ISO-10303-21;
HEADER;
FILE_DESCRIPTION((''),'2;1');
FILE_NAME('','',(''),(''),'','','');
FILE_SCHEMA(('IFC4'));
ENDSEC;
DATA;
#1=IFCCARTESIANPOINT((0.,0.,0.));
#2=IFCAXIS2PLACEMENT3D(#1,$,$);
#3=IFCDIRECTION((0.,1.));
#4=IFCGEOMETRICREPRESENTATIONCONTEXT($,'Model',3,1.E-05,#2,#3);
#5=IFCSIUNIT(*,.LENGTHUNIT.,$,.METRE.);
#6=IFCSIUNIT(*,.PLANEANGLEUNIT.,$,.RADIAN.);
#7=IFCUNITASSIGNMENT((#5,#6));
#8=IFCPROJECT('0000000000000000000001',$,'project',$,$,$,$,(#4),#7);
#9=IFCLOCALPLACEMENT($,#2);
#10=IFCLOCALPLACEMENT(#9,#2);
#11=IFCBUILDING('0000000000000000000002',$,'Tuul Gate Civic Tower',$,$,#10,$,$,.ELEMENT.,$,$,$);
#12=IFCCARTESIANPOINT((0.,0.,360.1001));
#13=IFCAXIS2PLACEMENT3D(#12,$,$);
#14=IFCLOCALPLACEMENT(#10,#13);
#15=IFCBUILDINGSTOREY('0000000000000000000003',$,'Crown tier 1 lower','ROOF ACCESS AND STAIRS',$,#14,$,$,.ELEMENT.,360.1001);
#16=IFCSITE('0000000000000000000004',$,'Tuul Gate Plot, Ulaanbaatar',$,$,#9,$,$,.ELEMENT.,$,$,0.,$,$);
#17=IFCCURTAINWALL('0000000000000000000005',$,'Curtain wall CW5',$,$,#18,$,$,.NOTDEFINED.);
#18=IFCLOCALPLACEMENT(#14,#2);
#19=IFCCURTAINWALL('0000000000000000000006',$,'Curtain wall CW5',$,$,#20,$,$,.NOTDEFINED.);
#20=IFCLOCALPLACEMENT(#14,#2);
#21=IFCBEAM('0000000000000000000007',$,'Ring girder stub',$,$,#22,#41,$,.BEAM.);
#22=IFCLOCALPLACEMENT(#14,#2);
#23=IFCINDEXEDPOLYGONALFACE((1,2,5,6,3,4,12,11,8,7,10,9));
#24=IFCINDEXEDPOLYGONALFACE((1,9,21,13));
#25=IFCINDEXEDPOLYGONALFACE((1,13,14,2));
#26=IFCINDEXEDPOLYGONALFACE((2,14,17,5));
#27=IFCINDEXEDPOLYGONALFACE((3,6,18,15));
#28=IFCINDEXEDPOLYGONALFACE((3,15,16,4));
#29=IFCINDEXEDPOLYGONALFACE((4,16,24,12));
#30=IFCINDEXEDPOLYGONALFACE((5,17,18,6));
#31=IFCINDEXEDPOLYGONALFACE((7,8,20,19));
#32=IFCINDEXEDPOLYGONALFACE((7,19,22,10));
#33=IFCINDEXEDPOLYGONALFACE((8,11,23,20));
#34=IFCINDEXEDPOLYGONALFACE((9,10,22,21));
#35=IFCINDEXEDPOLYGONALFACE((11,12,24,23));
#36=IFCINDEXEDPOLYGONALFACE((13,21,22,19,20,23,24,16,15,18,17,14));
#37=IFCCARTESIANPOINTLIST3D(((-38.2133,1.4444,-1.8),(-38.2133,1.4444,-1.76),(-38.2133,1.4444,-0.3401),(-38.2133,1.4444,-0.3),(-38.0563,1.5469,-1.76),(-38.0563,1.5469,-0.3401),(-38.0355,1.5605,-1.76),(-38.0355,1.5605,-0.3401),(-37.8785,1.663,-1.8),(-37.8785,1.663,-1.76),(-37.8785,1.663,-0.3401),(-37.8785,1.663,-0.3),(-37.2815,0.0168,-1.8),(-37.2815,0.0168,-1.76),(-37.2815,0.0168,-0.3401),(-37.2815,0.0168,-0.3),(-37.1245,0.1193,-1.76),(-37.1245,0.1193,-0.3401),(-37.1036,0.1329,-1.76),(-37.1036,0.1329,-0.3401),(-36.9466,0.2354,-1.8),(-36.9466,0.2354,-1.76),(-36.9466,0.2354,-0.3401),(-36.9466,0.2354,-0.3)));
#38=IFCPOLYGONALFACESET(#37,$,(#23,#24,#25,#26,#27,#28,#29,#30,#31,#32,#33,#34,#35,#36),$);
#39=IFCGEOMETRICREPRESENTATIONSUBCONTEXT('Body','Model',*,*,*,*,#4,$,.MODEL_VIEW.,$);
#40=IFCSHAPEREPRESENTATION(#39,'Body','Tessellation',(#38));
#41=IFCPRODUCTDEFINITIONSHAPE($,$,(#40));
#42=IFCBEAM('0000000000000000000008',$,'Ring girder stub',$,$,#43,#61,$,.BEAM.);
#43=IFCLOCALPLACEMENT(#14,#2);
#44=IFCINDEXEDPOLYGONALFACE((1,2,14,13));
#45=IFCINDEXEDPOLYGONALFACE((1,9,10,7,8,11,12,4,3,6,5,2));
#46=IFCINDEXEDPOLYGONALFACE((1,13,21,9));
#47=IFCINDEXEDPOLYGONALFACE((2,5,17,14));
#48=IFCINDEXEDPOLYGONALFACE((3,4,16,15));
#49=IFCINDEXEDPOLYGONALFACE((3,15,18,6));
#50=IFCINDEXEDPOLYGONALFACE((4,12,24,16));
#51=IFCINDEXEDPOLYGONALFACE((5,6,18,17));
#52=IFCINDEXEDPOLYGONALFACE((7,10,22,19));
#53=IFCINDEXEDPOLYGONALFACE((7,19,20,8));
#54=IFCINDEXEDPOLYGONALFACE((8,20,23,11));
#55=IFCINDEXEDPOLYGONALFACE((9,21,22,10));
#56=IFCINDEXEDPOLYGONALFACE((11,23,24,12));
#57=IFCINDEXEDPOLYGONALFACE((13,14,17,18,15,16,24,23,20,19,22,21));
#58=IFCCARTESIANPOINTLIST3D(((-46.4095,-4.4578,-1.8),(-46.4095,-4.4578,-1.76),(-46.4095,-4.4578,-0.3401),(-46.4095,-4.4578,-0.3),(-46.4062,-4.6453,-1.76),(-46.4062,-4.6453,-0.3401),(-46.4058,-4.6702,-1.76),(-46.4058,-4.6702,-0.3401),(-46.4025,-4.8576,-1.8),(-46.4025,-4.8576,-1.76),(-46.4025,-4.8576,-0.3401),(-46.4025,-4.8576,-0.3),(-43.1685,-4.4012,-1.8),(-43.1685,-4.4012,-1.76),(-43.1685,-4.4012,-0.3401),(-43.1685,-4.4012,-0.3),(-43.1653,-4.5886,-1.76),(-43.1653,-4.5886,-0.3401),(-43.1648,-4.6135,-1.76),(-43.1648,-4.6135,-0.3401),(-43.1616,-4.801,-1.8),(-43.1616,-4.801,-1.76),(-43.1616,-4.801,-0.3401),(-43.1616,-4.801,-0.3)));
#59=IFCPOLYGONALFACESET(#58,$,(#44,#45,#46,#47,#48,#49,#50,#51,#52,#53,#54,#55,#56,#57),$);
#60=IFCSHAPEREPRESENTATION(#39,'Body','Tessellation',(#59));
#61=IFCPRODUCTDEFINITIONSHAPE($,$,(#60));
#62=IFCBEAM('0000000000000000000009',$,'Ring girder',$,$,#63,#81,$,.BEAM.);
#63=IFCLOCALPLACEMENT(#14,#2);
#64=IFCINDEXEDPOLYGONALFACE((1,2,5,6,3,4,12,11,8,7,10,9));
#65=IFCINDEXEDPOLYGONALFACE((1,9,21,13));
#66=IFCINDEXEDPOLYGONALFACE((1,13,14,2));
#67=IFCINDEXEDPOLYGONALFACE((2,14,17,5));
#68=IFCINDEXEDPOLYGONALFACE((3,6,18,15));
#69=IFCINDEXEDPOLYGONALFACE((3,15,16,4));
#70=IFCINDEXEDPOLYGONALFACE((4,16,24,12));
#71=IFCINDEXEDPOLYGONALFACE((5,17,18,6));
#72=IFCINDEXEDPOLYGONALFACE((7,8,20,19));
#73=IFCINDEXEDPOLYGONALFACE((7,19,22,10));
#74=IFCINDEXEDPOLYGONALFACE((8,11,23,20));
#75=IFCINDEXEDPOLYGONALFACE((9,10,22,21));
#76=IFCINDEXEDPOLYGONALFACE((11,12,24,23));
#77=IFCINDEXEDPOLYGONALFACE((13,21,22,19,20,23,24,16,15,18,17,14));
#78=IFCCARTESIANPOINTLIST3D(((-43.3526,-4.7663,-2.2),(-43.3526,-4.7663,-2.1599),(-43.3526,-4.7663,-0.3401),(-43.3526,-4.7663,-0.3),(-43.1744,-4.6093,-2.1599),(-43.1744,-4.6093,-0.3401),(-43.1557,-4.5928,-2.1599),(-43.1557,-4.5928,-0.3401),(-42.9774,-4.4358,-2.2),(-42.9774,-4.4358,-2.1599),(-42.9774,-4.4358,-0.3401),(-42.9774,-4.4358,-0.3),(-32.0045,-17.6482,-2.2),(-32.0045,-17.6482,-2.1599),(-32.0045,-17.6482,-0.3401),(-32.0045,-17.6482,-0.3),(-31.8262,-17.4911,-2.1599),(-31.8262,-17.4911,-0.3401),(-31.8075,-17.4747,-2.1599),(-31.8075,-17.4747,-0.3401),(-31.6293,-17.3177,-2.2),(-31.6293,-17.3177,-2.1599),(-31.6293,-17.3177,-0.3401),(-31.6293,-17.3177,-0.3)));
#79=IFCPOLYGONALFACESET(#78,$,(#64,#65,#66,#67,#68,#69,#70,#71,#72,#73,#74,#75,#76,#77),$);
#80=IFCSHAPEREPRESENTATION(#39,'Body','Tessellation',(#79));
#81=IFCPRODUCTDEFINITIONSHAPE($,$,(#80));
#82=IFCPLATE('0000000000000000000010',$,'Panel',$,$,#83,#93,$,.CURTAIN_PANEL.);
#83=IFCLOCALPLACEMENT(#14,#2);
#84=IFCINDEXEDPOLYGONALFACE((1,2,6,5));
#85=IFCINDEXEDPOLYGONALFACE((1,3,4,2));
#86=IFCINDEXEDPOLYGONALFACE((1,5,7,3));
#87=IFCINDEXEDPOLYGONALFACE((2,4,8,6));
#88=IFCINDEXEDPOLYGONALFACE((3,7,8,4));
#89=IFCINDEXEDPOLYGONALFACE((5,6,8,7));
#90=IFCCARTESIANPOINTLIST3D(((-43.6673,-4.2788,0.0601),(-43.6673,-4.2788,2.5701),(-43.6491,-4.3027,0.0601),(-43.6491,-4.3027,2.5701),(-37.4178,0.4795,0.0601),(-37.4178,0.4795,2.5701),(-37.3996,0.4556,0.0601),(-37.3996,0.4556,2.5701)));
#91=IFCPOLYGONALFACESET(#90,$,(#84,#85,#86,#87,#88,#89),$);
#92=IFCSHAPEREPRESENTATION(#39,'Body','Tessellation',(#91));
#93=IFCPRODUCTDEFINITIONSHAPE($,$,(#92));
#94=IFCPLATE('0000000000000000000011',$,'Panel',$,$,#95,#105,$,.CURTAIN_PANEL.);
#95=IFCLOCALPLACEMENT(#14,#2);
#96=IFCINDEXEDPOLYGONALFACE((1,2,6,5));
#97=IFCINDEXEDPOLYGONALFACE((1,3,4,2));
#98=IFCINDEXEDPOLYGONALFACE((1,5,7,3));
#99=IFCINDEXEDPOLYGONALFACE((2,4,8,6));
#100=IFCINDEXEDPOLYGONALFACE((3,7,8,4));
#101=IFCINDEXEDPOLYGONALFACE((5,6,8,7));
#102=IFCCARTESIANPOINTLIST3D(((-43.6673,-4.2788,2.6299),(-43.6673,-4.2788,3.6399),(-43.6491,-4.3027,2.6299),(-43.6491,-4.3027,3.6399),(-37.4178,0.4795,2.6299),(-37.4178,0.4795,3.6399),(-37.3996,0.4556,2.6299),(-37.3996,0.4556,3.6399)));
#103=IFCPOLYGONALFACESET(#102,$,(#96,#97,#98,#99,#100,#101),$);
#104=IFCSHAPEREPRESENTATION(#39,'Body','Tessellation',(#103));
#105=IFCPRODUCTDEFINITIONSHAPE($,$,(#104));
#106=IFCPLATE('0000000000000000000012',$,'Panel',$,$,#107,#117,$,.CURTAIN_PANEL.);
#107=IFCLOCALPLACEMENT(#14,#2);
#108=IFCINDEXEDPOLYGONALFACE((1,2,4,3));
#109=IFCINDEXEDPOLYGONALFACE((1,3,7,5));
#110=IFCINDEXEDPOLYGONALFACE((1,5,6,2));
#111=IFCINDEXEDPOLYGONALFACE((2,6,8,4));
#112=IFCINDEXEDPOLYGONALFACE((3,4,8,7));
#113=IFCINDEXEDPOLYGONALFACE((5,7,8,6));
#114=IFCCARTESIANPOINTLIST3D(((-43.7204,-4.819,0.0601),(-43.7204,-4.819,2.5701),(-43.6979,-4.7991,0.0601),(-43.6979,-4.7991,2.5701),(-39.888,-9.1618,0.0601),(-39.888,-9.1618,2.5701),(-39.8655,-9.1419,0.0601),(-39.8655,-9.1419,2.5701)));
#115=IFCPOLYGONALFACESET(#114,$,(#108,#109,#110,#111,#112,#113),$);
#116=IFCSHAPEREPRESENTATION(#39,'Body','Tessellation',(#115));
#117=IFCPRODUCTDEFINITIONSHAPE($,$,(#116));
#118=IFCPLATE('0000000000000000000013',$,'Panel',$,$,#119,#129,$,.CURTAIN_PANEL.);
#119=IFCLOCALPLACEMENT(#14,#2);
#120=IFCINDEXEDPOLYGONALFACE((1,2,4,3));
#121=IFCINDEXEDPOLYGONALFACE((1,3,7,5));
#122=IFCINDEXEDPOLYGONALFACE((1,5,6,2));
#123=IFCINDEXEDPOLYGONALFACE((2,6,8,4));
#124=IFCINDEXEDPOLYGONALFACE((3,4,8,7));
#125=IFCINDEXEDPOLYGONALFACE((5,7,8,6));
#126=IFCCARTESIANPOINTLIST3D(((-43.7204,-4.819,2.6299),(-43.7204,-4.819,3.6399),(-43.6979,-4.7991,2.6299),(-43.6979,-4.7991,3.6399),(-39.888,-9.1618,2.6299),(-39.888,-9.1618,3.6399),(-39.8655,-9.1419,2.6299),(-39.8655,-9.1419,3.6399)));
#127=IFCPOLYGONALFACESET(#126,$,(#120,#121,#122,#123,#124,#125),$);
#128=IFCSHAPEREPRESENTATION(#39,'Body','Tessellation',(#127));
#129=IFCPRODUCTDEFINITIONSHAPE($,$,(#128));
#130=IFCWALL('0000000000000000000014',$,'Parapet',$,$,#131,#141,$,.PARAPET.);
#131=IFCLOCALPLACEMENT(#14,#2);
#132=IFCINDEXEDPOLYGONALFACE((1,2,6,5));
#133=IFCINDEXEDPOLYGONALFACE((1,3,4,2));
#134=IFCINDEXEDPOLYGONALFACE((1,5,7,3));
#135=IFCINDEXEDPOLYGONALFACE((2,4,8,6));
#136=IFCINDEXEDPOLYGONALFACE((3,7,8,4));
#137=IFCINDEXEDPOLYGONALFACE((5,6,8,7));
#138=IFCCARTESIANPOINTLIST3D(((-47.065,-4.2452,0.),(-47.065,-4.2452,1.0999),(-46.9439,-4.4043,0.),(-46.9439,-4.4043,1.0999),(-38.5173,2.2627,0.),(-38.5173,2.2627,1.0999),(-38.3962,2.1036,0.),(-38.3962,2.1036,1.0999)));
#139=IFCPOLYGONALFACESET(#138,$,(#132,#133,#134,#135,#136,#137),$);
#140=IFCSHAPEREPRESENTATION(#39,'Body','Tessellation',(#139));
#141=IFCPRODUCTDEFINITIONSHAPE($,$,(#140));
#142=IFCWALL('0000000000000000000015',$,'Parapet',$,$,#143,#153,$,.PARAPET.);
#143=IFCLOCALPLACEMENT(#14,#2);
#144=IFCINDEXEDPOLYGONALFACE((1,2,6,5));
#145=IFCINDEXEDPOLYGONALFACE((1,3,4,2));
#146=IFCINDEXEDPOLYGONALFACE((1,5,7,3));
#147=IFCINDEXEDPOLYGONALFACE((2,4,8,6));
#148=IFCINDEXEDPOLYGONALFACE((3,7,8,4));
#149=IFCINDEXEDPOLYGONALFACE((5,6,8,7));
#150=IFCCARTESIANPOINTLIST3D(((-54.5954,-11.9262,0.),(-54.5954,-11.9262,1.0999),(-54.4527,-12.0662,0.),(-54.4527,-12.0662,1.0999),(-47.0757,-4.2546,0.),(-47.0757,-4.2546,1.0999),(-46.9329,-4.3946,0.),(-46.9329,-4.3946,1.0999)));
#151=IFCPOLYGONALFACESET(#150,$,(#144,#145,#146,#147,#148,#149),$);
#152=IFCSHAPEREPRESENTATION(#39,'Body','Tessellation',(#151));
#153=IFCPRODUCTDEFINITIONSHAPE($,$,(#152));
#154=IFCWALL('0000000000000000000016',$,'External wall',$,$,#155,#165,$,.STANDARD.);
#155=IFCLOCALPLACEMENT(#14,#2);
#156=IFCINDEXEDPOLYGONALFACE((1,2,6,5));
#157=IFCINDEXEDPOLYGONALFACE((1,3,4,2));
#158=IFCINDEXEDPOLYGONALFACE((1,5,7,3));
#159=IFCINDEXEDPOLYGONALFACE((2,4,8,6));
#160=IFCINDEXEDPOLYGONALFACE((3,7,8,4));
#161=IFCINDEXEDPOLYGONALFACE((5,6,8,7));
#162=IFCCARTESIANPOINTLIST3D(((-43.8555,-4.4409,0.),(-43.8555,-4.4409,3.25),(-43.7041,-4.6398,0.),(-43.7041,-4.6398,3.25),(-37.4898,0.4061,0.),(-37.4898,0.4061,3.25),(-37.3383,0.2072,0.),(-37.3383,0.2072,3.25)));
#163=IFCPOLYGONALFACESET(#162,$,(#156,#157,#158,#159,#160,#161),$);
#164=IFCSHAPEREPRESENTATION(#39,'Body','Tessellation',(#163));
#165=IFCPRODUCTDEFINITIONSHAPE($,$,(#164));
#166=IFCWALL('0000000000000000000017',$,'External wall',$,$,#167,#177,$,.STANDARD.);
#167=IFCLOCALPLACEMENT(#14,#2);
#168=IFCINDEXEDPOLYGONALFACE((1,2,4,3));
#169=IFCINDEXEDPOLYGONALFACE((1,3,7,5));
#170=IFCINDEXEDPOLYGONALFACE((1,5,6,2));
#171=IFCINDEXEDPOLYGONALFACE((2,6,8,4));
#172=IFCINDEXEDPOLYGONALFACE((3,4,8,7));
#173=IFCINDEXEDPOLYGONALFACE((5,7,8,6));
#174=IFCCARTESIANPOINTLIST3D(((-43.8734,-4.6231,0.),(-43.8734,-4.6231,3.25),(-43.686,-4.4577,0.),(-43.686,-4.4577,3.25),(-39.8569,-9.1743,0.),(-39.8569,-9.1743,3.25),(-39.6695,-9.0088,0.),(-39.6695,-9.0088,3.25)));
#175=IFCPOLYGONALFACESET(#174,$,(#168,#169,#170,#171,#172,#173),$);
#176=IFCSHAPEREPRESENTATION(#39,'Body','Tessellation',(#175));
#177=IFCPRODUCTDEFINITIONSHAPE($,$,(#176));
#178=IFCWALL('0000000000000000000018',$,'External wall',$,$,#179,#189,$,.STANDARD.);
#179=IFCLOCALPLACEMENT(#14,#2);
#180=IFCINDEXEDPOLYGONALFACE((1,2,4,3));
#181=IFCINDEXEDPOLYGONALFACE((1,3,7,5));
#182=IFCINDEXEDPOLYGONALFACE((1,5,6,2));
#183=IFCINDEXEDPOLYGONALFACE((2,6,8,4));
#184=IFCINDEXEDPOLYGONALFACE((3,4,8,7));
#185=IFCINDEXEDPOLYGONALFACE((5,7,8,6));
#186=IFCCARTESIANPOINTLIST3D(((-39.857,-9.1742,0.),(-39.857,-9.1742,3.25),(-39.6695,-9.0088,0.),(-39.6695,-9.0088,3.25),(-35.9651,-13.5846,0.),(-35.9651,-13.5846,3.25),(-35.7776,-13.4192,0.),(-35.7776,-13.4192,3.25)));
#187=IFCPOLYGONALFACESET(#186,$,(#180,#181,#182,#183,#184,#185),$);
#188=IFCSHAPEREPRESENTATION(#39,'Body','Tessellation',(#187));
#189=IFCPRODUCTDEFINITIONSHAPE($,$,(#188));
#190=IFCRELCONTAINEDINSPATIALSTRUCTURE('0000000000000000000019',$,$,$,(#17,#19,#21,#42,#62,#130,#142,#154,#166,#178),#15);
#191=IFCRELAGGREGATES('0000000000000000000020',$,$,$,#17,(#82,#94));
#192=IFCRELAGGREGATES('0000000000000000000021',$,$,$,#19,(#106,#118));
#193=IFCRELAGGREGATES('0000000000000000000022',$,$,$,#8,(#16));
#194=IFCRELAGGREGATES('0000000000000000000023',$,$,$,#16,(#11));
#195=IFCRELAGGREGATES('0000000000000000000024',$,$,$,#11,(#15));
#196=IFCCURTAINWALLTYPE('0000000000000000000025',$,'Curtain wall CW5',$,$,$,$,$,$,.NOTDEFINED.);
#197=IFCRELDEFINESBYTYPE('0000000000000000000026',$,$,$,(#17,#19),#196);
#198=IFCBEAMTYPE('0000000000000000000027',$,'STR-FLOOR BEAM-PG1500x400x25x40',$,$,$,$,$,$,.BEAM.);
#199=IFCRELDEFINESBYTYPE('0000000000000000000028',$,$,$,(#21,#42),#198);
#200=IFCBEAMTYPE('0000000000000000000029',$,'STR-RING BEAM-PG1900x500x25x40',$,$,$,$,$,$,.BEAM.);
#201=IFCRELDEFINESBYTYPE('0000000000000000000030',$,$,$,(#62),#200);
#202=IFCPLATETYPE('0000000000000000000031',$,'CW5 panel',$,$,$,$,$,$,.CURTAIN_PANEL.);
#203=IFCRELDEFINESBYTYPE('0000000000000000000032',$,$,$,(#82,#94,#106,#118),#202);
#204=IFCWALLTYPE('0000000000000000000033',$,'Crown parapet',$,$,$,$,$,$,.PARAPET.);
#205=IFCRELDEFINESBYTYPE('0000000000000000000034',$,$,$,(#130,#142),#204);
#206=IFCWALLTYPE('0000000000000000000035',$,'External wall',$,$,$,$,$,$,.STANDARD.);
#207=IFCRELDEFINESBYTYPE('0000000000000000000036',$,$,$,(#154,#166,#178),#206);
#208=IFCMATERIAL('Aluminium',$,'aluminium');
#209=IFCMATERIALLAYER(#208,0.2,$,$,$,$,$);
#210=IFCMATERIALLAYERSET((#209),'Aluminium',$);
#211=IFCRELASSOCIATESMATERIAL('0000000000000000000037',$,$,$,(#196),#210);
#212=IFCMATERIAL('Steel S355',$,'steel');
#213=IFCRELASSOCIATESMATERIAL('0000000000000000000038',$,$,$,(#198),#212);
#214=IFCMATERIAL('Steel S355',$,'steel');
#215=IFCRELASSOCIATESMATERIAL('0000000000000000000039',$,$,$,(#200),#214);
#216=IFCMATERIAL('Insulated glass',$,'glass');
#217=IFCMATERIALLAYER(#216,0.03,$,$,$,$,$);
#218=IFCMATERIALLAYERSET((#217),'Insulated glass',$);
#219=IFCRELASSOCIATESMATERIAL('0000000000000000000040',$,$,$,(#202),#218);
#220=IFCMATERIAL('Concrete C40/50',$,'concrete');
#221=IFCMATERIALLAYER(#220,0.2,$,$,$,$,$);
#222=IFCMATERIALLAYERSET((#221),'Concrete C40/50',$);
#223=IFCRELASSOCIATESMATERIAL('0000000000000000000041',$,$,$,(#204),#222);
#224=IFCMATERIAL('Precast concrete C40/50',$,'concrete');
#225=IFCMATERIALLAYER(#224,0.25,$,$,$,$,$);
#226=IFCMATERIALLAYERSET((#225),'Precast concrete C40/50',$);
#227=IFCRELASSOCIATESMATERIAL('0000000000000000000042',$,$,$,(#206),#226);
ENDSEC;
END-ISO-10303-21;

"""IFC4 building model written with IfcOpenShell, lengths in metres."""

from ifc_helpers import new_model, si_unit, direction, frame, frame_2d, origin, origin_2d, place, context, subcontext, project, spatial, rectangle, i_section, extrude, material, layer, layer_set, material_profile, profile_set, type_object, element, aggregate, save


model = new_model("IFC4")

# Units and contexts
model_context = context("Model", 3, precision=1e-05, world=origin(), true_north=direction((0.0, 1.0)))
body_context = subcontext(model_context, "Body", "Model", "MODEL_VIEW")
ifc_project = project(units=[si_unit("LENGTHUNIT", "METRE"), si_unit("PLANEANGLEUNIT", "RADIAN")], contexts=[model_context])

# Site, building, storey
site_placement = place(None, origin())
site = spatial("IfcSite", under=ifc_project, at=site_placement, Name="Tuul Gate Plot, Ulaanbaatar", CompositionType="ELEMENT", RefElevation=0.0)
building_placement = place(site_placement, origin())
building = spatial("IfcBuilding", under=site, at=building_placement, Name="Tuul Gate Civic Tower", CompositionType="ELEMENT")
storey_placement = place(building_placement, frame((0.0, 0.0, 360.1001)))
storey = spatial("IfcBuildingStorey", under=building, at=storey_placement, Name="Crown tier 1 lower", Description="ROOF ACCESS AND STAIRS", CompositionType="ELEMENT", Elevation=360.1001)

# Shared definitions
ifc_material_1 = material(Name="Aluminium", Category="aluminium")
ifc_layer_1 = layer(ifc_material_1, 0.2)
ifc_layer_set_1 = layer_set([ifc_layer_1], Name="Aluminium")
curtain_wall_type = type_object("IfcCurtainWallType", Name="Curtain wall CW5", PredefinedType="NOTDEFINED", material=ifc_layer_set_1)

# Curtain walls
curtain_wall_1_placement = place(storey_placement, origin())
curtain_wall_1 = element("IfcCurtainWall", 1, at=curtain_wall_1_placement, inside=storey, type_object=curtain_wall_type, Name="Curtain wall CW5", PredefinedType="NOTDEFINED")
curtain_wall_2_placement = place(storey_placement, origin())
curtain_wall_2 = element("IfcCurtainWall", 2, at=curtain_wall_2_placement, inside=storey, type_object=curtain_wall_type, Name="Curtain wall CW5", PredefinedType="NOTDEFINED")

# Beams
ifc_material_2 = material(Name="Steel S355", Category="steel")
ifc_material_profile_1 = material_profile(ifc_material_2, i_section(OverallWidth=0.3999, OverallDepth=1.5, WebThickness=0.0249, FlangeThickness=0.04, at=origin_2d()), Name="PG1500x400x25x40")
ifc_profile_set_1 = profile_set([ifc_material_profile_1], Name="Steel S355")
beam_type_1 = type_object("IfcBeamType", Name="STR-FLOOR BEAM-PG1500x400x25x40", PredefinedType="BEAM", material=ifc_profile_set_1)
beam_1_placement = place(storey_placement, frame((-38.0459, 1.5537, -1.05), z_axis=(0.546578, -0.837408, 0.0), x_axis=(0.837408, 0.546578, 0.0)))
element("IfcBeam", 3, at=beam_1_placement, inside=storey, type_object=beam_type_1, Name="Ring girder stub", PredefinedType="BEAM", context=body_context, shape_type="SweptSolid", body=[
    extrude(i_section(OverallWidth=0.3999, OverallDepth=1.5, WebThickness=0.0249, FlangeThickness=0.04, at=origin_2d()), origin(), (0.0, 0.0, 1.0), 1.7048),
])
beam_2_placement = place(storey_placement, frame((-46.406, -4.6577, -1.05), z_axis=(0.999847, 0.017474, 0.0), x_axis=(-0.017474, 0.999847, 0.0)))
element("IfcBeam", 4, at=beam_2_placement, inside=storey, type_object=beam_type_1, Name="Ring girder stub", PredefinedType="BEAM", context=body_context, shape_type="SweptSolid", body=[
    extrude(i_section(OverallWidth=0.3999, OverallDepth=1.5, WebThickness=0.0249, FlangeThickness=0.04, at=origin_2d()), origin(), (0.0, 0.0, 1.0), 3.2415),
])
ifc_material_3 = material(Name="Steel S355", Category="steel")
ifc_material_profile_2 = material_profile(ifc_material_3, i_section(OverallWidth=0.5, OverallDepth=1.8999, WebThickness=0.0249, FlangeThickness=0.04, at=origin_2d()), Name="PG1900x500x25x40")
ifc_profile_set_2 = profile_set([ifc_material_profile_2], Name="Steel S355")
beam_type_2 = type_object("IfcBeamType", Name="STR-RING BEAM-PG1900x500x25x40", PredefinedType="BEAM", material=ifc_profile_set_2)
beam_3_placement = place(storey_placement, frame((-43.165, -4.6011, -1.25), z_axis=(0.661026, -0.750363, 0.0), x_axis=(0.750363, 0.661026, 0.0)))
element("IfcBeam", 5, at=beam_3_placement, inside=storey, type_object=beam_type_2, Name="Ring girder", PredefinedType="BEAM", context=body_context, shape_type="SweptSolid", body=[
    extrude(i_section(OverallWidth=0.5, OverallDepth=1.8999, WebThickness=0.0249, FlangeThickness=0.04, at=origin_2d()), origin(), (0.0, 0.0, 1.0), 17.1675),
])

# Plates
ifc_material_4 = material(Name="Insulated glass", Category="glass")
ifc_layer_2 = layer(ifc_material_4, 0.03)
ifc_layer_set_2 = layer_set([ifc_layer_2], Name="Insulated glass")
plate_type = type_object("IfcPlateType", Name="CW5 panel", PredefinedType="CURTAIN_PANEL", material=ifc_layer_set_2)
plate_1_placement = place(storey_placement, frame((-40.5334, -1.9116, 0.0601), z_axis=(0.0, 0.0, 1.0), x_axis=(-0.79563, -0.605782, 0.0)))
plate_1 = element("IfcPlate", 6, at=plate_1_placement, type_object=plate_type, Name="Panel", PredefinedType="CURTAIN_PANEL", context=body_context, shape_type="SweptSolid", body=[
    extrude(rectangle(XDim=7.8547, YDim=0.03, at=origin_2d()), origin(), (0.0, 0.0, 1.0), 2.51),
])
plate_2_placement = place(storey_placement, frame((-40.5334, -1.9116, 2.6299), z_axis=(0.0, 0.0, 1.0), x_axis=(-0.79563, -0.605782, 0.0)))
plate_2 = element("IfcPlate", 7, at=plate_2_placement, type_object=plate_type, Name="Panel", PredefinedType="CURTAIN_PANEL", context=body_context, shape_type="SweptSolid", body=[
    extrude(rectangle(XDim=7.8547, YDim=0.03, at=origin_2d()), origin(), (0.0, 0.0, 1.0), 1.01),
])
aggregate(curtain_wall_1, [plate_1, plate_2])
plate_3_placement = place(storey_placement, frame((-41.793, -6.9805, 0.0601), z_axis=(0.0, 0.0, 1.0), x_axis=(0.661672, -0.749793, 0.0)))
plate_3 = element("IfcPlate", 8, at=plate_3_placement, type_object=plate_type, Name="Panel", PredefinedType="CURTAIN_PANEL", context=body_context, shape_type="SweptSolid", body=[
    extrude(rectangle(XDim=5.792, YDim=0.03, at=origin_2d()), origin(), (0.0, 0.0, 1.0), 2.51),
])
plate_4_placement = place(storey_placement, frame((-41.793, -6.9805, 2.6299), z_axis=(0.0, 0.0, 1.0), x_axis=(0.661672, -0.749793, 0.0)))
plate_4 = element("IfcPlate", 9, at=plate_4_placement, type_object=plate_type, Name="Panel", PredefinedType="CURTAIN_PANEL", context=body_context, shape_type="SweptSolid", body=[
    extrude(rectangle(XDim=5.792, YDim=0.03, at=origin_2d()), origin(), (0.0, 0.0, 1.0), 1.01),
])
aggregate(curtain_wall_2, [plate_3, plate_4])

# Walls
ifc_material_5 = material(Name="Concrete C40/50", Category="concrete")
ifc_layer_3 = layer(ifc_material_5, 0.2)
ifc_layer_set_3 = layer_set([ifc_layer_3], Name="Concrete C40/50")
wall_type_1 = type_object("IfcWallType", Name="Crown parapet", PredefinedType="PARAPET", material=ifc_layer_set_3)
wall_1_placement = place(storey_placement, frame((-38.4568, 2.1831, 0.0), z_axis=(0.0, 0.0, 1.0), x_axis=(-0.79564, -0.605769, 0.0)))
element("IfcWall", 10, at=wall_1_placement, inside=storey, type_object=wall_type_1, Name="Parapet", PredefinedType="PARAPET", context=body_context, shape_type="SweptSolid", body=[
    extrude(rectangle(XDim=10.7432, YDim=0.2, at=frame_2d((5.3716, 0.0))), origin(), (0.0, 0.0, 1.0), 1.0999),
])
wall_2_placement = place(storey_placement, frame((-47.0044, -4.3247, 0.0), z_axis=(0.0, 0.0, 1.0), x_axis=(-0.700003, -0.714139, 0.0)))
element("IfcWall", 11, at=wall_2_placement, inside=storey, type_object=wall_type_1, Name="Parapet", PredefinedType="PARAPET", context=body_context, shape_type="SweptSolid", body=[
    extrude(rectangle(XDim=10.7424, YDim=0.2, at=frame_2d((5.3711, 0.0))), origin(), (0.0, 0.0, 1.0), 1.0999),
])
ifc_material_6 = material(Name="Precast concrete C40/50", Category="concrete")
ifc_layer_4 = layer(ifc_material_6, 0.25)
ifc_layer_set_4 = layer_set([ifc_layer_4], Name="Precast concrete C40/50")
wall_type_2 = type_object("IfcWallType", Name="External wall", PredefinedType="STANDARD", material=ifc_layer_set_4)
wall_3_placement = place(storey_placement, frame((-37.4141, 0.3066, 0.0), z_axis=(0.0, 0.0, 1.0), x_axis=(-0.795622, -0.605794, 0.0)))
element("IfcWall", 12, at=wall_3_placement, inside=storey, type_object=wall_type_2, Name="External wall", PredefinedType="STANDARD", context=body_context, shape_type="SweptSolid", body=[
    extrude(rectangle(XDim=8.001, YDim=0.25, at=frame_2d((4.0005, 0.0))), origin(), (0.0, 0.0, 1.0), 3.25),
])
wall_4_placement = place(storey_placement, frame((-43.7798, -4.5403, 0.0), z_axis=(0.0, 0.0, 1.0), x_axis=(0.661693, -0.749774, 0.0)))
element("IfcWall", 13, at=wall_4_placement, inside=storey, type_object=wall_type_2, Name="External wall", PredefinedType="STANDARD", context=body_context, shape_type="SweptSolid", body=[
    extrude(rectangle(XDim=6.0701, YDim=0.25, at=frame_2d((3.0352, 0.0))), origin(), (0.0, 0.0, 1.0), 3.25),
])
wall_5_placement = place(storey_placement, frame((-39.7632, -9.0916, 0.0), z_axis=(0.0, 0.0, 1.0), x_axis=(0.661652, -0.749811, 0.0)))
element("IfcWall", 14, at=wall_5_placement, inside=storey, type_object=wall_type_2, Name="External wall", PredefinedType="STANDARD", context=body_context, shape_type="SweptSolid", body=[
    extrude(rectangle(XDim=5.8821, YDim=0.25, at=frame_2d((2.9409, 0.0))), origin(), (0.0, 0.0, 1.0), 3.25),
])

save(model, "model.ifc")
